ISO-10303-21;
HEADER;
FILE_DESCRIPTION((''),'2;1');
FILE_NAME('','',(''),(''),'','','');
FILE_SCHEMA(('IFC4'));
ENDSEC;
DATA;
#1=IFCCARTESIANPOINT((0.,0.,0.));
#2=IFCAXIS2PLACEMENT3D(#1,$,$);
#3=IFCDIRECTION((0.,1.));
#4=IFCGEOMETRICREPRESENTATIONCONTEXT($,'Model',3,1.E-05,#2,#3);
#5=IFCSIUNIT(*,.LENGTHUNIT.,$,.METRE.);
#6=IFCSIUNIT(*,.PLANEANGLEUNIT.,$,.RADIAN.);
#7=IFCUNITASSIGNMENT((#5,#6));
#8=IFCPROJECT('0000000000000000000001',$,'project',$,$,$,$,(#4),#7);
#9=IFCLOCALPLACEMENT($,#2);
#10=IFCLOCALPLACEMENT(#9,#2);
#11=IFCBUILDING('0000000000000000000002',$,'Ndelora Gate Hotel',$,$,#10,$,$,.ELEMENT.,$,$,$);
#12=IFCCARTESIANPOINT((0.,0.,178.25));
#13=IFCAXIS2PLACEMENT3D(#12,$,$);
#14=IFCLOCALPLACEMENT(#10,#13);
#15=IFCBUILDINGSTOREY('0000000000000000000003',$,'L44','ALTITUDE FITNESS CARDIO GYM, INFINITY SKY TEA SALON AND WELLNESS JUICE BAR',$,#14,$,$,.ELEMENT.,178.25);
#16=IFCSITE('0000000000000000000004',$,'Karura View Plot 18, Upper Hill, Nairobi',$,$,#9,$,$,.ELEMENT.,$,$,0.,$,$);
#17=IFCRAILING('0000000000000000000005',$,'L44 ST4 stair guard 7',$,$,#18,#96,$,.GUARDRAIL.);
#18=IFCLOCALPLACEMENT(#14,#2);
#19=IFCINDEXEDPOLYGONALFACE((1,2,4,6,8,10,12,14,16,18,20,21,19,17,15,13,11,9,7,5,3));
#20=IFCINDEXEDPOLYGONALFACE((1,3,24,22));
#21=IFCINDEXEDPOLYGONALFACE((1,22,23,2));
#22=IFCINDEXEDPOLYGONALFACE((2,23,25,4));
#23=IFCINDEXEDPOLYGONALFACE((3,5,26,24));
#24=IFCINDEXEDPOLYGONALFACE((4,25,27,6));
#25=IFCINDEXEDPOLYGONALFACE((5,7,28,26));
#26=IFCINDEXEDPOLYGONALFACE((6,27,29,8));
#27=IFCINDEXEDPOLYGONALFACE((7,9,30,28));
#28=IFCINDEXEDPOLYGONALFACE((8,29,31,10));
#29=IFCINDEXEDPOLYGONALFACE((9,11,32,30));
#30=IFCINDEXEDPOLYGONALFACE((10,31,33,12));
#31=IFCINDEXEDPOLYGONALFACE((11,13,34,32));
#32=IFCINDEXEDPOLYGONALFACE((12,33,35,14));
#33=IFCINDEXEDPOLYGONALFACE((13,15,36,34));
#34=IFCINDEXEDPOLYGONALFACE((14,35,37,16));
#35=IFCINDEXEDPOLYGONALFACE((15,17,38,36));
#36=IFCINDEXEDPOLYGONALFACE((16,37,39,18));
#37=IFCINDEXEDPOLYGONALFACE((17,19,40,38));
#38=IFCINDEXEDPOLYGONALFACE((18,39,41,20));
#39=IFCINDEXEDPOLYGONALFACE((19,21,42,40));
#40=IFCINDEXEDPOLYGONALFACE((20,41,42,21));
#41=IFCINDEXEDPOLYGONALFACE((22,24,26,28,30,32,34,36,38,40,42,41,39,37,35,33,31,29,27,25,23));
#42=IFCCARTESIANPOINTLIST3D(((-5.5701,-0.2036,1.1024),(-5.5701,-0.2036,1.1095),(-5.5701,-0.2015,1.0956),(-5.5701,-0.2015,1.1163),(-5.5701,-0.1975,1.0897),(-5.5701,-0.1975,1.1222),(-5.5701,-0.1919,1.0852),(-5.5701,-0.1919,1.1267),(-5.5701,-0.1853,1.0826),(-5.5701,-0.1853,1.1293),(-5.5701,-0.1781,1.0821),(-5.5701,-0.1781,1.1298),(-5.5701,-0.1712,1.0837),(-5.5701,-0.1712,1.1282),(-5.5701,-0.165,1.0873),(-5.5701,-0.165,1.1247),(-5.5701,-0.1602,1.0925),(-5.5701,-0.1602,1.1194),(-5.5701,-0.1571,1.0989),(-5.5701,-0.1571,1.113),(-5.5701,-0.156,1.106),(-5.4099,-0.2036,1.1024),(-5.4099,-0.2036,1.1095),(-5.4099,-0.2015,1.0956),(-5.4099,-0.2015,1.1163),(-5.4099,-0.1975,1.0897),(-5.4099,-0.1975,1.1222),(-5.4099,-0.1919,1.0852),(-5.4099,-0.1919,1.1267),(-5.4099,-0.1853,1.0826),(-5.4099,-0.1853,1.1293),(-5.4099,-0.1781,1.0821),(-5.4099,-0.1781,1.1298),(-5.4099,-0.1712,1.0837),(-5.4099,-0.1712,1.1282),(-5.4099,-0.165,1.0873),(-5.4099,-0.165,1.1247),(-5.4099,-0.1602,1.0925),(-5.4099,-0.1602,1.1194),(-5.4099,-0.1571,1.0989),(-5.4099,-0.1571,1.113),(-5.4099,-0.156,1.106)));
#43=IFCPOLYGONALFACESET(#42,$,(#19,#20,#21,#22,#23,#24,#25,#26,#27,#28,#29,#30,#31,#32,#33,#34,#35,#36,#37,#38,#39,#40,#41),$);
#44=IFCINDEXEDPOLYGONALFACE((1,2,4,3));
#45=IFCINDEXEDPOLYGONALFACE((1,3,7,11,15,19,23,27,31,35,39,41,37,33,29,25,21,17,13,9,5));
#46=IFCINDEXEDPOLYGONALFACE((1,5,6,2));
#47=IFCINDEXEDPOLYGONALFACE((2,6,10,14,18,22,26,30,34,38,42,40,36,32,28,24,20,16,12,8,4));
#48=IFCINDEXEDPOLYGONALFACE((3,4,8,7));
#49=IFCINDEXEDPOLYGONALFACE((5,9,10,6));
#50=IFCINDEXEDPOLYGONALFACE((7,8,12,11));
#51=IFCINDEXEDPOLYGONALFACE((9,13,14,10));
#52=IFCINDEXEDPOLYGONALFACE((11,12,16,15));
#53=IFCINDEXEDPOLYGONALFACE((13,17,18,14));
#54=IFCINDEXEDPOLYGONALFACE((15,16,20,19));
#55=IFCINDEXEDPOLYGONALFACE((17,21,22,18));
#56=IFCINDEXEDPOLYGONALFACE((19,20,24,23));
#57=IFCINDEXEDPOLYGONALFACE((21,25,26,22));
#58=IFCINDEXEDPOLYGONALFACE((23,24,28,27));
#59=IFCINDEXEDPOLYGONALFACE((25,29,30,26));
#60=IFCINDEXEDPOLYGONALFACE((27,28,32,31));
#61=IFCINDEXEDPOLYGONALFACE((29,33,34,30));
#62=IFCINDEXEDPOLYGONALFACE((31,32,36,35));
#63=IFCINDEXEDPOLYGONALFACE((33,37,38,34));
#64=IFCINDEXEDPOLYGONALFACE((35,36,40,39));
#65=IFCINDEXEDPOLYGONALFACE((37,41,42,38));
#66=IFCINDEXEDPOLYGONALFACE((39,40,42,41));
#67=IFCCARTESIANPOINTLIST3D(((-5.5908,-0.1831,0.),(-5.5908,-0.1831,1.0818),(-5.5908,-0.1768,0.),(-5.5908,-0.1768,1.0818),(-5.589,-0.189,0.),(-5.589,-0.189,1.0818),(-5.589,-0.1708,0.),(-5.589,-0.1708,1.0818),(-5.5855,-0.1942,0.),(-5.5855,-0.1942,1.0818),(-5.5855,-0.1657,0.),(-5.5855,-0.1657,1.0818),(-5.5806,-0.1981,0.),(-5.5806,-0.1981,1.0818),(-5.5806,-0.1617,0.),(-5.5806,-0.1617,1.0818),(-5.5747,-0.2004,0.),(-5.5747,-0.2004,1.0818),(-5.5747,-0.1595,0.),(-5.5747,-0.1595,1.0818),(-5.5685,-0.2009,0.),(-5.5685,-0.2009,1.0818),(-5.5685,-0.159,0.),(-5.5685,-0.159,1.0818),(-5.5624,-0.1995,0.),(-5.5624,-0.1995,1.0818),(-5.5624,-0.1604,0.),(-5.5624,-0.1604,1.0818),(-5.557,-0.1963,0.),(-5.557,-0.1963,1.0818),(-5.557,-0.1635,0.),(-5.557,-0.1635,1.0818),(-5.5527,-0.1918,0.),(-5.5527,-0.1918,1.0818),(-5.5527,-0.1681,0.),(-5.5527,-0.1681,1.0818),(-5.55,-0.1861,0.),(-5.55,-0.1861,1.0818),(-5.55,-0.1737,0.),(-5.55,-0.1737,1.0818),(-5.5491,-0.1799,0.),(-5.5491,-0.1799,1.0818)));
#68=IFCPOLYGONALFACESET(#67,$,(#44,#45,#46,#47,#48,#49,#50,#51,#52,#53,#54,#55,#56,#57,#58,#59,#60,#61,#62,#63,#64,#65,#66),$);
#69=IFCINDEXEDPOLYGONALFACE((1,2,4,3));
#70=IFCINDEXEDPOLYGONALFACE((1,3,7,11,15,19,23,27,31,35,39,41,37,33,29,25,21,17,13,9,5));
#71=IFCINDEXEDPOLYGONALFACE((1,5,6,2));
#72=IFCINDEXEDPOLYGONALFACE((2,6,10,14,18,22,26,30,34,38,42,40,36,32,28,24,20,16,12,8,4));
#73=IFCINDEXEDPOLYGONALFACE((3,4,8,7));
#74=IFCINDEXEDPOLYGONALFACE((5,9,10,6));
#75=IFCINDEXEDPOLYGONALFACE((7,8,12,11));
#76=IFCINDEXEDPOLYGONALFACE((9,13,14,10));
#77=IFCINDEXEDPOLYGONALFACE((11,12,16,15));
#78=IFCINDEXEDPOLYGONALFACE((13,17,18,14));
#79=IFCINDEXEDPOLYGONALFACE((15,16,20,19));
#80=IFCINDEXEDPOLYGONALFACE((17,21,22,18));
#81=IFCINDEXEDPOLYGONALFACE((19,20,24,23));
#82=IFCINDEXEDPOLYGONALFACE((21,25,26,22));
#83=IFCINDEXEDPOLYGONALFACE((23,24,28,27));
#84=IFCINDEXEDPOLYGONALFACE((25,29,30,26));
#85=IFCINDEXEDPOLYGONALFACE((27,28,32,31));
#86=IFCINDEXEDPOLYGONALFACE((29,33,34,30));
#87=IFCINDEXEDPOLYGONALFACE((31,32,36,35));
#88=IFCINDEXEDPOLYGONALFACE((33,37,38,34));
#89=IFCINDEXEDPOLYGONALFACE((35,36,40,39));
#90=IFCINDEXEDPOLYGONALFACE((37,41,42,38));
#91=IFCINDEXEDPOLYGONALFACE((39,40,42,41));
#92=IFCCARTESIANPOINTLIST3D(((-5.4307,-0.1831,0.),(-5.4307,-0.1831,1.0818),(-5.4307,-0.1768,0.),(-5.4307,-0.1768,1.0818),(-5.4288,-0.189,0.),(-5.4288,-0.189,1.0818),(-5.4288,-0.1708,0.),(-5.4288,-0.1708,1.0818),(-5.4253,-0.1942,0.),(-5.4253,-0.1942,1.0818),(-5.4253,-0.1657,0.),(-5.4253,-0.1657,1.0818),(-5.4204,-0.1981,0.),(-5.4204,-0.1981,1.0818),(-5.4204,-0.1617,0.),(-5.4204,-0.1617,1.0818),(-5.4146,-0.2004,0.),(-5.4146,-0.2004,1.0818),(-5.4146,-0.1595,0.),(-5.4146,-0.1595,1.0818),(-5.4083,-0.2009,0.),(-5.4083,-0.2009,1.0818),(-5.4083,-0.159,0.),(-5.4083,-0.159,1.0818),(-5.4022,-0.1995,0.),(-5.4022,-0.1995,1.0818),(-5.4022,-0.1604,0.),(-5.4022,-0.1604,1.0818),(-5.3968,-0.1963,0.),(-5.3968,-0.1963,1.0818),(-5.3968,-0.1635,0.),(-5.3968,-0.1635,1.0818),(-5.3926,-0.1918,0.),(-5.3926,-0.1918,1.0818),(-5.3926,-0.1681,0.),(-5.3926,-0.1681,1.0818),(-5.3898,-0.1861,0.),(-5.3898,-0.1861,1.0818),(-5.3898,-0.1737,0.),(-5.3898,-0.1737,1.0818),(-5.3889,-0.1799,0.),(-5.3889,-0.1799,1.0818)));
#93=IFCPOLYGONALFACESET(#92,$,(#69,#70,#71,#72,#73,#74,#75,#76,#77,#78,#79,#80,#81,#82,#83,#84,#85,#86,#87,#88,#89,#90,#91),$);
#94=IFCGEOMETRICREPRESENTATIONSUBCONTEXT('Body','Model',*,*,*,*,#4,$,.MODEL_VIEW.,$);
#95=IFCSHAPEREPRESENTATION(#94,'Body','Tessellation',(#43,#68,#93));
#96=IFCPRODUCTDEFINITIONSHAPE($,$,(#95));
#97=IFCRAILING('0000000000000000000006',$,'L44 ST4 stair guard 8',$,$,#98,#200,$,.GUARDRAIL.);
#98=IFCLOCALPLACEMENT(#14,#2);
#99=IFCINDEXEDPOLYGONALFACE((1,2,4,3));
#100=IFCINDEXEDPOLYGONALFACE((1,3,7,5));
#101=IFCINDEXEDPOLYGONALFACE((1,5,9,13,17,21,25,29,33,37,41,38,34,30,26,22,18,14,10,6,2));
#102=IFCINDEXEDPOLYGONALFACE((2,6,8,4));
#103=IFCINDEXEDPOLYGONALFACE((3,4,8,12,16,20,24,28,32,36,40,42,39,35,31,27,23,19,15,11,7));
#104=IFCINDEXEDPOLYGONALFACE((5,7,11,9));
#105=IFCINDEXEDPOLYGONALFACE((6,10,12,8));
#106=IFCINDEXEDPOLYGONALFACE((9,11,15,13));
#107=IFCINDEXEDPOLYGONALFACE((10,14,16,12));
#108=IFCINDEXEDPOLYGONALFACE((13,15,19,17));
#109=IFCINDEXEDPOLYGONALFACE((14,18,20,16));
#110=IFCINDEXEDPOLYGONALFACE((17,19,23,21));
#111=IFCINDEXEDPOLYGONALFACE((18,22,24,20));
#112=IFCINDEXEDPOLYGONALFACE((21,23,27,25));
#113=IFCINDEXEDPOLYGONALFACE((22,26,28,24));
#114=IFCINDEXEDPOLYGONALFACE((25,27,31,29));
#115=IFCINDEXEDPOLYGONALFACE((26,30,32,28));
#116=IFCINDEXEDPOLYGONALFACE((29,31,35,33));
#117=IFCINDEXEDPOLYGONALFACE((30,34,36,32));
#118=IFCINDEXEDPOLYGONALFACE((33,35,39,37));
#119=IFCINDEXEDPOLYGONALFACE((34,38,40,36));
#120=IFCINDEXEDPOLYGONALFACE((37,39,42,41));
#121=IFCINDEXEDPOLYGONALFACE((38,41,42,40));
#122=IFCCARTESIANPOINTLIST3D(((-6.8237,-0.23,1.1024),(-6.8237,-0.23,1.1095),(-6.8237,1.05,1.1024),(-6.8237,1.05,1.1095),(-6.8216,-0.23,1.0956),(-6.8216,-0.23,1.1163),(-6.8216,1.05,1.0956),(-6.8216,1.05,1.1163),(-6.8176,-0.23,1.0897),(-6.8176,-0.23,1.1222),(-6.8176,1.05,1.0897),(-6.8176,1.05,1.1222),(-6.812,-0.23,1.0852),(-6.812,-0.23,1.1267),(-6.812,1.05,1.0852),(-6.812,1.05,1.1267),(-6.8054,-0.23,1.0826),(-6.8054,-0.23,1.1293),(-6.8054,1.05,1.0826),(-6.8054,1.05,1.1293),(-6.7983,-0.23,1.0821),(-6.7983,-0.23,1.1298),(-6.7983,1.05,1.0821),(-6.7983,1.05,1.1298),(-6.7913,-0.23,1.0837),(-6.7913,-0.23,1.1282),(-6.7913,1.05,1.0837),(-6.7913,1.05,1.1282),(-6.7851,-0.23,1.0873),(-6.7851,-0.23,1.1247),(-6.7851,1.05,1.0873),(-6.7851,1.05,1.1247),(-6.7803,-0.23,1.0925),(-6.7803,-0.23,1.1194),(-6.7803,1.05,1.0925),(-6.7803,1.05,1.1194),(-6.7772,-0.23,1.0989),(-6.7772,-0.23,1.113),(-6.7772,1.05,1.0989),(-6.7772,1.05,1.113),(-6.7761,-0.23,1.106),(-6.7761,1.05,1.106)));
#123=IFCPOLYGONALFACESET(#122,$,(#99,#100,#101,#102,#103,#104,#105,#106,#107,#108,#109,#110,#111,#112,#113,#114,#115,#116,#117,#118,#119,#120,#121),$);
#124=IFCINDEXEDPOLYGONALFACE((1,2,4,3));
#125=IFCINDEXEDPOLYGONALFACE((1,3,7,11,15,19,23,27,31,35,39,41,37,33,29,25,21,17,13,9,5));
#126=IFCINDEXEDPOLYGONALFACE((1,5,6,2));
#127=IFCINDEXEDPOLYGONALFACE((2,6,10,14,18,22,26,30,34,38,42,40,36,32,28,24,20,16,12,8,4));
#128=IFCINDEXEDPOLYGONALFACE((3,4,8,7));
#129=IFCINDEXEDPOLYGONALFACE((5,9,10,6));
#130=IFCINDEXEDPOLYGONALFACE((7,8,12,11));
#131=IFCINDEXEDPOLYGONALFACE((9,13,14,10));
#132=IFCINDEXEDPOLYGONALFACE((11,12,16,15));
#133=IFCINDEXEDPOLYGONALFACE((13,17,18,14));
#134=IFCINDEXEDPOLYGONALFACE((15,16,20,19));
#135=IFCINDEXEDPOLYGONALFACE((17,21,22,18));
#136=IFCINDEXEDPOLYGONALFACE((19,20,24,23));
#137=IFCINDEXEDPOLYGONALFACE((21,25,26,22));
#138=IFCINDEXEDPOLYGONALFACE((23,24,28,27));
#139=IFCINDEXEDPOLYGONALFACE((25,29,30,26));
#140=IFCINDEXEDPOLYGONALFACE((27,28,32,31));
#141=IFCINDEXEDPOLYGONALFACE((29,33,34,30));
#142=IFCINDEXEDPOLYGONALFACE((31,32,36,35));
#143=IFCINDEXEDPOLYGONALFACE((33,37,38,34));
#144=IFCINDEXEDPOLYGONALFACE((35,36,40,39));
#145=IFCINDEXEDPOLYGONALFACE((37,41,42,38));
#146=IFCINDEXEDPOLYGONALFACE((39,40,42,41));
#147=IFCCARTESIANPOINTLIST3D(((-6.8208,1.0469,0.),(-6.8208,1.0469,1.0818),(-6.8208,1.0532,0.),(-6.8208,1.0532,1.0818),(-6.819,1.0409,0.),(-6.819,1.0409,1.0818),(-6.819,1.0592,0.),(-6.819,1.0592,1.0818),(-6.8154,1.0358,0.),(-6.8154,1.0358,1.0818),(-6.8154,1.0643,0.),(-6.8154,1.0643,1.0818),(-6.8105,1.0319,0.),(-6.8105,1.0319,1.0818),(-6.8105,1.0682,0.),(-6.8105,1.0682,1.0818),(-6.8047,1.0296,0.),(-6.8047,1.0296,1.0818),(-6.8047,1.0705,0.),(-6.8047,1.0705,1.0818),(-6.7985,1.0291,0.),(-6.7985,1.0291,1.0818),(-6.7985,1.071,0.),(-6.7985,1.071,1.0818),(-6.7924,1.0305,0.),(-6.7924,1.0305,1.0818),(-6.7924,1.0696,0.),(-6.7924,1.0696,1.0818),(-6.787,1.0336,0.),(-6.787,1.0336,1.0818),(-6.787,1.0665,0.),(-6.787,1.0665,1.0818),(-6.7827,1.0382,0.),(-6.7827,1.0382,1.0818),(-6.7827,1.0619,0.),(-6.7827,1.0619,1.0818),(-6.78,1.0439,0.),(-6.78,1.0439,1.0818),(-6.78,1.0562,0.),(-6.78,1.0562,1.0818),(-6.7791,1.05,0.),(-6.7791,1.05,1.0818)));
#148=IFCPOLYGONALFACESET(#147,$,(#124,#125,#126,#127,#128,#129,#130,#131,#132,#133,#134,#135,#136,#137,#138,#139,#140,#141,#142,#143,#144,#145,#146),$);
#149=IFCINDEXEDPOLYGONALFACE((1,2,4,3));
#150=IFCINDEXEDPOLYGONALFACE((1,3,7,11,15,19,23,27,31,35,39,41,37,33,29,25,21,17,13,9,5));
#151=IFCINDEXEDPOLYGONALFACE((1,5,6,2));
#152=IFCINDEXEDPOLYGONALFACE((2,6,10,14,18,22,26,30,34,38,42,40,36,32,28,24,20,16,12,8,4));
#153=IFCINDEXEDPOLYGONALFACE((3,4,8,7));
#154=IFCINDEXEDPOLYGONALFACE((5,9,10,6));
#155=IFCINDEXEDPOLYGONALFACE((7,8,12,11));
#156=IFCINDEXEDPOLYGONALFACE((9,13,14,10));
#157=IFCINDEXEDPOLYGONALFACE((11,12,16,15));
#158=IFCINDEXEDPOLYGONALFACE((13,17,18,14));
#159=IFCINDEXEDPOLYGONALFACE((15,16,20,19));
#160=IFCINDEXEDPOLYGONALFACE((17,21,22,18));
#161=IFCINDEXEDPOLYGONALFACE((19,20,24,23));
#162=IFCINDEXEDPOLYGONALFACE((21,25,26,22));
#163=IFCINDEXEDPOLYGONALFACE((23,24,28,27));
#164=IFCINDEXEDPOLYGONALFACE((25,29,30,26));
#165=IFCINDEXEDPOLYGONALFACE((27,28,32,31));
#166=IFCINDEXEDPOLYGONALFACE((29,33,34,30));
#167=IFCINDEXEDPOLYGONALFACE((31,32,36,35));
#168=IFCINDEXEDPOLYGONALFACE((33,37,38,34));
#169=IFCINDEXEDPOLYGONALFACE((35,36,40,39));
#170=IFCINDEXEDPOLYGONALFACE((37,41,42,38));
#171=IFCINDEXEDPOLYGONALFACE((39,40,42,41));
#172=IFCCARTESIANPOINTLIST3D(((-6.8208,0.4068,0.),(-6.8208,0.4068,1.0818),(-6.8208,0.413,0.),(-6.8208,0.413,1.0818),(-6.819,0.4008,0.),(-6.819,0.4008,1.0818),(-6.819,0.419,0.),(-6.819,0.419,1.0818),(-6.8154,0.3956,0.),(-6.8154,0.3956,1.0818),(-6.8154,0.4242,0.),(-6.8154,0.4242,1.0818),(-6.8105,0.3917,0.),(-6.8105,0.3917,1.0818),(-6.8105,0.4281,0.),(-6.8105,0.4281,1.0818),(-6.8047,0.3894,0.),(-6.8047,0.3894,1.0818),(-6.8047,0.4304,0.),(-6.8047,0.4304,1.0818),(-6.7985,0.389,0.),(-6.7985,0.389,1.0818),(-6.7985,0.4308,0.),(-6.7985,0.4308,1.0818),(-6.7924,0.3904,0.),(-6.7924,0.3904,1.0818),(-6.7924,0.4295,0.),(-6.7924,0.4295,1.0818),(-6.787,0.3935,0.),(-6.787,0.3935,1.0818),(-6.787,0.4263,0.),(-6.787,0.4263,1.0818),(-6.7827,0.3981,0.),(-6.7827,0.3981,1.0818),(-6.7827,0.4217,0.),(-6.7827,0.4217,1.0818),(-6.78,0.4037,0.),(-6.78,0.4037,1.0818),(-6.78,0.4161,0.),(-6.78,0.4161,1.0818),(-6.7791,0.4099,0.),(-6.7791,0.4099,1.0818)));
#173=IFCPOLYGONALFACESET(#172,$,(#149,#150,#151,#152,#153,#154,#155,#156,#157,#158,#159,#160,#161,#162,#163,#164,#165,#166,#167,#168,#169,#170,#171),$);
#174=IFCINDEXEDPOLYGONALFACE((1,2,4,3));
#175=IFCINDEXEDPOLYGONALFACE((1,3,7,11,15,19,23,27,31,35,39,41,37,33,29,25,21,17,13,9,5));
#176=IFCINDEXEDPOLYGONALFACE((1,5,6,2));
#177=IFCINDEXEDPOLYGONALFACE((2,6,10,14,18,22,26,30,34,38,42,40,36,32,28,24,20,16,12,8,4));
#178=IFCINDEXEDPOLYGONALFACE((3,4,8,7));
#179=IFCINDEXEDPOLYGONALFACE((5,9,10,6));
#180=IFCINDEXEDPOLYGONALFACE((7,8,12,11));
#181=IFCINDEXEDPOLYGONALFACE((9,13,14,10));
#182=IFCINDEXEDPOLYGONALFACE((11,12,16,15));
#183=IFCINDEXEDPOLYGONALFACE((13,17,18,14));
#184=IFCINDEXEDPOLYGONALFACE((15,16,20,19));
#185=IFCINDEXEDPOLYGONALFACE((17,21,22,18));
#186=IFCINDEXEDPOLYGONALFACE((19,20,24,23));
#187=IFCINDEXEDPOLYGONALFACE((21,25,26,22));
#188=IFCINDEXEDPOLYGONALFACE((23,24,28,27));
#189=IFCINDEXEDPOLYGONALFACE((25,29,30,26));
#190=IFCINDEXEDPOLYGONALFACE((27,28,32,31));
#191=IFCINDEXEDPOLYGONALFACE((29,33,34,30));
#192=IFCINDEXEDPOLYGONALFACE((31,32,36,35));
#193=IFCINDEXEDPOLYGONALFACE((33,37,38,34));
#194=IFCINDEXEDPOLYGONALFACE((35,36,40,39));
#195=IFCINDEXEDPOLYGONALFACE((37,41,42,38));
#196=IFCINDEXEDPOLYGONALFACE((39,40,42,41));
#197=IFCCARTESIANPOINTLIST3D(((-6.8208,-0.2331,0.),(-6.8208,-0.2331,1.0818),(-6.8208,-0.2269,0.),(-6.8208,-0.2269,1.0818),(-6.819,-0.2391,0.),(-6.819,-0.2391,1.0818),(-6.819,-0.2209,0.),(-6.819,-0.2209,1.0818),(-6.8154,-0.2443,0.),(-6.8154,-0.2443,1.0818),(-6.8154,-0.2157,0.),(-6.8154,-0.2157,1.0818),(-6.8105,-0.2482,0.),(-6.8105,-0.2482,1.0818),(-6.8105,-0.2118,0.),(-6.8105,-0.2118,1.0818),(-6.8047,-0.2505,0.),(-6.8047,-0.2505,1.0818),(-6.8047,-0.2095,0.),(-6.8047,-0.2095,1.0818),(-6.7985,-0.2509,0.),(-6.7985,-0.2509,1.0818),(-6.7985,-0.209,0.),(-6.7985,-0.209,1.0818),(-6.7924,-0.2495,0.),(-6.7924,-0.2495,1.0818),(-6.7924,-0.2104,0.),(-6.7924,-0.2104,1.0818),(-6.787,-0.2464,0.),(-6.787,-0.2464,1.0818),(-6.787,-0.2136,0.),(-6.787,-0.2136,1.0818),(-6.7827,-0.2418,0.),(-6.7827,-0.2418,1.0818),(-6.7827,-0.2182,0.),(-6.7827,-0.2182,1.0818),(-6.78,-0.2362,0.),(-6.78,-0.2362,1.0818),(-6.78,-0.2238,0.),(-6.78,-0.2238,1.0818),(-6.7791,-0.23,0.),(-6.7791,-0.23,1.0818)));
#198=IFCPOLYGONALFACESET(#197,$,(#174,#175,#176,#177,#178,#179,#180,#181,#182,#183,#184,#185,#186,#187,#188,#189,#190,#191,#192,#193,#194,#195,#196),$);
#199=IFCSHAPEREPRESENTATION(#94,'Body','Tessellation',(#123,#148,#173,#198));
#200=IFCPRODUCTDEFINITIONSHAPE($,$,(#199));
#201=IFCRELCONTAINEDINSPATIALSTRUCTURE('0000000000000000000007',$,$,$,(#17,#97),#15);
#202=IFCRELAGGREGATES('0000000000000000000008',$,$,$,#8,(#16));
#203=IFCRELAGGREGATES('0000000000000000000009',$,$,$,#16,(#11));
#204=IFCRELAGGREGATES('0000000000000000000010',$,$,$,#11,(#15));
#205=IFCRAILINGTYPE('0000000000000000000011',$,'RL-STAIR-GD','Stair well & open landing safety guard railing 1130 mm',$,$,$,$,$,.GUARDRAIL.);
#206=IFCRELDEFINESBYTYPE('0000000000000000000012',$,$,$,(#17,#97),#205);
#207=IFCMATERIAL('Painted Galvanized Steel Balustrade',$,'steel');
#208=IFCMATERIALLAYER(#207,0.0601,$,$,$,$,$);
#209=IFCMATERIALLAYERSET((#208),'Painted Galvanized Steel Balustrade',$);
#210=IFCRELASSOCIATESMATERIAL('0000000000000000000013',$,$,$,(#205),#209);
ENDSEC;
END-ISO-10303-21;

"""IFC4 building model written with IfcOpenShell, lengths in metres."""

from ifc_helpers import new_model, si_unit, direction, frame, origin, origin_2d, place, context, subcontext, project, spatial, circle, extrude, material, layer, layer_set, type_object, element, save


model = new_model("IFC4")

# Units and contexts
model_context = context("Model", 3, precision=1e-05, world=origin(), true_north=direction((0.0, 1.0)))
body_context = subcontext(model_context, "Body", "Model", "MODEL_VIEW")
ifc_project = project(units=[si_unit("LENGTHUNIT", "METRE"), si_unit("PLANEANGLEUNIT", "RADIAN")], contexts=[model_context])

# Site, building, storey
site_placement = place(None, origin())
site = spatial("IfcSite", under=ifc_project, at=site_placement, Name="Karura View Plot 18, Upper Hill, Nairobi", CompositionType="ELEMENT", RefElevation=0.0)
building_placement = place(site_placement, origin())
building = spatial("IfcBuilding", under=site, at=building_placement, Name="Ndelora Gate Hotel", CompositionType="ELEMENT")
storey_placement = place(building_placement, frame((0.0, 0.0, 178.25)))
storey = spatial("IfcBuildingStorey", under=building, at=storey_placement, Name="L44", Description="ALTITUDE FITNESS CARDIO GYM, INFINITY SKY TEA SALON AND WELLNESS JUICE BAR", CompositionType="ELEMENT", Elevation=178.25)

# Railings
ifc_material_1 = material(Name="Painted Galvanized Steel Balustrade", Category="steel")
ifc_layer_1 = layer(ifc_material_1, 0.0601)
ifc_layer_set_1 = layer_set([ifc_layer_1], Name="Painted Galvanized Steel Balustrade")
railing_type_1 = type_object("IfcRailingType", Name="RL-STAIR-GD", Description="Stair well & open landing safety guard railing 1130 mm", PredefinedType="GUARDRAIL", material=ifc_layer_set_1)
railing_1_placement = place(storey_placement, frame((-5.5701, -0.1799, 0.0)))
element("IfcRailing", 1, at=railing_1_placement, inside=storey, type_object=railing_type_1, Name="L44 ST4 stair guard 7", PredefinedType="GUARDRAIL", context=body_context, shape_type="SweptSolid", body=[
    extrude(circle(Radius=0.0239, at=origin_2d()), frame((0.0, 0.0, 1.106), z_axis=(1.0, 0.0, 0.0), x_axis=(0.0, 1.0, 0.0)), (0.0, 0.0, 1.0), 0.1602),
    extrude(circle(Radius=0.021, at=origin_2d()), origin(), (0.0, 0.0, 1.0), 1.0818),
    extrude(circle(Radius=0.021, at=origin_2d()), frame((0.1602, 0.0, 0.0)), (0.0, 0.0, 1.0), 1.0818),
])
for number, where, name in (
    (2, (-6.8, 1.05, 0.0), "L44 ST4 stair guard 8"),
):
    element("IfcRailing", number, at=place(storey_placement, frame(where)), inside=storey, type_object=railing_type_1, Name=name, PredefinedType="GUARDRAIL", context=body_context, shape_type="SweptSolid", body=[
        extrude(circle(Radius=0.0239, at=origin_2d()), frame((0.0, 0.0, 1.106), z_axis=(0.0, -1.0, 0.0), x_axis=(1.0, 0.0, 0.0)), (0.0, 0.0, 1.0), 1.28),
        extrude(circle(Radius=0.021, at=origin_2d()), origin(), (0.0, 0.0, 1.0), 1.0818),
        extrude(circle(Radius=0.021, at=origin_2d()), frame((0.0, -0.6401, 0.0)), (0.0, 0.0, 1.0), 1.0818),
        extrude(circle(Radius=0.021, at=origin_2d()), frame((0.0, -1.28, 0.0)), (0.0, 0.0, 1.0), 1.0818),
    ])

save(model, "model.ifc")
